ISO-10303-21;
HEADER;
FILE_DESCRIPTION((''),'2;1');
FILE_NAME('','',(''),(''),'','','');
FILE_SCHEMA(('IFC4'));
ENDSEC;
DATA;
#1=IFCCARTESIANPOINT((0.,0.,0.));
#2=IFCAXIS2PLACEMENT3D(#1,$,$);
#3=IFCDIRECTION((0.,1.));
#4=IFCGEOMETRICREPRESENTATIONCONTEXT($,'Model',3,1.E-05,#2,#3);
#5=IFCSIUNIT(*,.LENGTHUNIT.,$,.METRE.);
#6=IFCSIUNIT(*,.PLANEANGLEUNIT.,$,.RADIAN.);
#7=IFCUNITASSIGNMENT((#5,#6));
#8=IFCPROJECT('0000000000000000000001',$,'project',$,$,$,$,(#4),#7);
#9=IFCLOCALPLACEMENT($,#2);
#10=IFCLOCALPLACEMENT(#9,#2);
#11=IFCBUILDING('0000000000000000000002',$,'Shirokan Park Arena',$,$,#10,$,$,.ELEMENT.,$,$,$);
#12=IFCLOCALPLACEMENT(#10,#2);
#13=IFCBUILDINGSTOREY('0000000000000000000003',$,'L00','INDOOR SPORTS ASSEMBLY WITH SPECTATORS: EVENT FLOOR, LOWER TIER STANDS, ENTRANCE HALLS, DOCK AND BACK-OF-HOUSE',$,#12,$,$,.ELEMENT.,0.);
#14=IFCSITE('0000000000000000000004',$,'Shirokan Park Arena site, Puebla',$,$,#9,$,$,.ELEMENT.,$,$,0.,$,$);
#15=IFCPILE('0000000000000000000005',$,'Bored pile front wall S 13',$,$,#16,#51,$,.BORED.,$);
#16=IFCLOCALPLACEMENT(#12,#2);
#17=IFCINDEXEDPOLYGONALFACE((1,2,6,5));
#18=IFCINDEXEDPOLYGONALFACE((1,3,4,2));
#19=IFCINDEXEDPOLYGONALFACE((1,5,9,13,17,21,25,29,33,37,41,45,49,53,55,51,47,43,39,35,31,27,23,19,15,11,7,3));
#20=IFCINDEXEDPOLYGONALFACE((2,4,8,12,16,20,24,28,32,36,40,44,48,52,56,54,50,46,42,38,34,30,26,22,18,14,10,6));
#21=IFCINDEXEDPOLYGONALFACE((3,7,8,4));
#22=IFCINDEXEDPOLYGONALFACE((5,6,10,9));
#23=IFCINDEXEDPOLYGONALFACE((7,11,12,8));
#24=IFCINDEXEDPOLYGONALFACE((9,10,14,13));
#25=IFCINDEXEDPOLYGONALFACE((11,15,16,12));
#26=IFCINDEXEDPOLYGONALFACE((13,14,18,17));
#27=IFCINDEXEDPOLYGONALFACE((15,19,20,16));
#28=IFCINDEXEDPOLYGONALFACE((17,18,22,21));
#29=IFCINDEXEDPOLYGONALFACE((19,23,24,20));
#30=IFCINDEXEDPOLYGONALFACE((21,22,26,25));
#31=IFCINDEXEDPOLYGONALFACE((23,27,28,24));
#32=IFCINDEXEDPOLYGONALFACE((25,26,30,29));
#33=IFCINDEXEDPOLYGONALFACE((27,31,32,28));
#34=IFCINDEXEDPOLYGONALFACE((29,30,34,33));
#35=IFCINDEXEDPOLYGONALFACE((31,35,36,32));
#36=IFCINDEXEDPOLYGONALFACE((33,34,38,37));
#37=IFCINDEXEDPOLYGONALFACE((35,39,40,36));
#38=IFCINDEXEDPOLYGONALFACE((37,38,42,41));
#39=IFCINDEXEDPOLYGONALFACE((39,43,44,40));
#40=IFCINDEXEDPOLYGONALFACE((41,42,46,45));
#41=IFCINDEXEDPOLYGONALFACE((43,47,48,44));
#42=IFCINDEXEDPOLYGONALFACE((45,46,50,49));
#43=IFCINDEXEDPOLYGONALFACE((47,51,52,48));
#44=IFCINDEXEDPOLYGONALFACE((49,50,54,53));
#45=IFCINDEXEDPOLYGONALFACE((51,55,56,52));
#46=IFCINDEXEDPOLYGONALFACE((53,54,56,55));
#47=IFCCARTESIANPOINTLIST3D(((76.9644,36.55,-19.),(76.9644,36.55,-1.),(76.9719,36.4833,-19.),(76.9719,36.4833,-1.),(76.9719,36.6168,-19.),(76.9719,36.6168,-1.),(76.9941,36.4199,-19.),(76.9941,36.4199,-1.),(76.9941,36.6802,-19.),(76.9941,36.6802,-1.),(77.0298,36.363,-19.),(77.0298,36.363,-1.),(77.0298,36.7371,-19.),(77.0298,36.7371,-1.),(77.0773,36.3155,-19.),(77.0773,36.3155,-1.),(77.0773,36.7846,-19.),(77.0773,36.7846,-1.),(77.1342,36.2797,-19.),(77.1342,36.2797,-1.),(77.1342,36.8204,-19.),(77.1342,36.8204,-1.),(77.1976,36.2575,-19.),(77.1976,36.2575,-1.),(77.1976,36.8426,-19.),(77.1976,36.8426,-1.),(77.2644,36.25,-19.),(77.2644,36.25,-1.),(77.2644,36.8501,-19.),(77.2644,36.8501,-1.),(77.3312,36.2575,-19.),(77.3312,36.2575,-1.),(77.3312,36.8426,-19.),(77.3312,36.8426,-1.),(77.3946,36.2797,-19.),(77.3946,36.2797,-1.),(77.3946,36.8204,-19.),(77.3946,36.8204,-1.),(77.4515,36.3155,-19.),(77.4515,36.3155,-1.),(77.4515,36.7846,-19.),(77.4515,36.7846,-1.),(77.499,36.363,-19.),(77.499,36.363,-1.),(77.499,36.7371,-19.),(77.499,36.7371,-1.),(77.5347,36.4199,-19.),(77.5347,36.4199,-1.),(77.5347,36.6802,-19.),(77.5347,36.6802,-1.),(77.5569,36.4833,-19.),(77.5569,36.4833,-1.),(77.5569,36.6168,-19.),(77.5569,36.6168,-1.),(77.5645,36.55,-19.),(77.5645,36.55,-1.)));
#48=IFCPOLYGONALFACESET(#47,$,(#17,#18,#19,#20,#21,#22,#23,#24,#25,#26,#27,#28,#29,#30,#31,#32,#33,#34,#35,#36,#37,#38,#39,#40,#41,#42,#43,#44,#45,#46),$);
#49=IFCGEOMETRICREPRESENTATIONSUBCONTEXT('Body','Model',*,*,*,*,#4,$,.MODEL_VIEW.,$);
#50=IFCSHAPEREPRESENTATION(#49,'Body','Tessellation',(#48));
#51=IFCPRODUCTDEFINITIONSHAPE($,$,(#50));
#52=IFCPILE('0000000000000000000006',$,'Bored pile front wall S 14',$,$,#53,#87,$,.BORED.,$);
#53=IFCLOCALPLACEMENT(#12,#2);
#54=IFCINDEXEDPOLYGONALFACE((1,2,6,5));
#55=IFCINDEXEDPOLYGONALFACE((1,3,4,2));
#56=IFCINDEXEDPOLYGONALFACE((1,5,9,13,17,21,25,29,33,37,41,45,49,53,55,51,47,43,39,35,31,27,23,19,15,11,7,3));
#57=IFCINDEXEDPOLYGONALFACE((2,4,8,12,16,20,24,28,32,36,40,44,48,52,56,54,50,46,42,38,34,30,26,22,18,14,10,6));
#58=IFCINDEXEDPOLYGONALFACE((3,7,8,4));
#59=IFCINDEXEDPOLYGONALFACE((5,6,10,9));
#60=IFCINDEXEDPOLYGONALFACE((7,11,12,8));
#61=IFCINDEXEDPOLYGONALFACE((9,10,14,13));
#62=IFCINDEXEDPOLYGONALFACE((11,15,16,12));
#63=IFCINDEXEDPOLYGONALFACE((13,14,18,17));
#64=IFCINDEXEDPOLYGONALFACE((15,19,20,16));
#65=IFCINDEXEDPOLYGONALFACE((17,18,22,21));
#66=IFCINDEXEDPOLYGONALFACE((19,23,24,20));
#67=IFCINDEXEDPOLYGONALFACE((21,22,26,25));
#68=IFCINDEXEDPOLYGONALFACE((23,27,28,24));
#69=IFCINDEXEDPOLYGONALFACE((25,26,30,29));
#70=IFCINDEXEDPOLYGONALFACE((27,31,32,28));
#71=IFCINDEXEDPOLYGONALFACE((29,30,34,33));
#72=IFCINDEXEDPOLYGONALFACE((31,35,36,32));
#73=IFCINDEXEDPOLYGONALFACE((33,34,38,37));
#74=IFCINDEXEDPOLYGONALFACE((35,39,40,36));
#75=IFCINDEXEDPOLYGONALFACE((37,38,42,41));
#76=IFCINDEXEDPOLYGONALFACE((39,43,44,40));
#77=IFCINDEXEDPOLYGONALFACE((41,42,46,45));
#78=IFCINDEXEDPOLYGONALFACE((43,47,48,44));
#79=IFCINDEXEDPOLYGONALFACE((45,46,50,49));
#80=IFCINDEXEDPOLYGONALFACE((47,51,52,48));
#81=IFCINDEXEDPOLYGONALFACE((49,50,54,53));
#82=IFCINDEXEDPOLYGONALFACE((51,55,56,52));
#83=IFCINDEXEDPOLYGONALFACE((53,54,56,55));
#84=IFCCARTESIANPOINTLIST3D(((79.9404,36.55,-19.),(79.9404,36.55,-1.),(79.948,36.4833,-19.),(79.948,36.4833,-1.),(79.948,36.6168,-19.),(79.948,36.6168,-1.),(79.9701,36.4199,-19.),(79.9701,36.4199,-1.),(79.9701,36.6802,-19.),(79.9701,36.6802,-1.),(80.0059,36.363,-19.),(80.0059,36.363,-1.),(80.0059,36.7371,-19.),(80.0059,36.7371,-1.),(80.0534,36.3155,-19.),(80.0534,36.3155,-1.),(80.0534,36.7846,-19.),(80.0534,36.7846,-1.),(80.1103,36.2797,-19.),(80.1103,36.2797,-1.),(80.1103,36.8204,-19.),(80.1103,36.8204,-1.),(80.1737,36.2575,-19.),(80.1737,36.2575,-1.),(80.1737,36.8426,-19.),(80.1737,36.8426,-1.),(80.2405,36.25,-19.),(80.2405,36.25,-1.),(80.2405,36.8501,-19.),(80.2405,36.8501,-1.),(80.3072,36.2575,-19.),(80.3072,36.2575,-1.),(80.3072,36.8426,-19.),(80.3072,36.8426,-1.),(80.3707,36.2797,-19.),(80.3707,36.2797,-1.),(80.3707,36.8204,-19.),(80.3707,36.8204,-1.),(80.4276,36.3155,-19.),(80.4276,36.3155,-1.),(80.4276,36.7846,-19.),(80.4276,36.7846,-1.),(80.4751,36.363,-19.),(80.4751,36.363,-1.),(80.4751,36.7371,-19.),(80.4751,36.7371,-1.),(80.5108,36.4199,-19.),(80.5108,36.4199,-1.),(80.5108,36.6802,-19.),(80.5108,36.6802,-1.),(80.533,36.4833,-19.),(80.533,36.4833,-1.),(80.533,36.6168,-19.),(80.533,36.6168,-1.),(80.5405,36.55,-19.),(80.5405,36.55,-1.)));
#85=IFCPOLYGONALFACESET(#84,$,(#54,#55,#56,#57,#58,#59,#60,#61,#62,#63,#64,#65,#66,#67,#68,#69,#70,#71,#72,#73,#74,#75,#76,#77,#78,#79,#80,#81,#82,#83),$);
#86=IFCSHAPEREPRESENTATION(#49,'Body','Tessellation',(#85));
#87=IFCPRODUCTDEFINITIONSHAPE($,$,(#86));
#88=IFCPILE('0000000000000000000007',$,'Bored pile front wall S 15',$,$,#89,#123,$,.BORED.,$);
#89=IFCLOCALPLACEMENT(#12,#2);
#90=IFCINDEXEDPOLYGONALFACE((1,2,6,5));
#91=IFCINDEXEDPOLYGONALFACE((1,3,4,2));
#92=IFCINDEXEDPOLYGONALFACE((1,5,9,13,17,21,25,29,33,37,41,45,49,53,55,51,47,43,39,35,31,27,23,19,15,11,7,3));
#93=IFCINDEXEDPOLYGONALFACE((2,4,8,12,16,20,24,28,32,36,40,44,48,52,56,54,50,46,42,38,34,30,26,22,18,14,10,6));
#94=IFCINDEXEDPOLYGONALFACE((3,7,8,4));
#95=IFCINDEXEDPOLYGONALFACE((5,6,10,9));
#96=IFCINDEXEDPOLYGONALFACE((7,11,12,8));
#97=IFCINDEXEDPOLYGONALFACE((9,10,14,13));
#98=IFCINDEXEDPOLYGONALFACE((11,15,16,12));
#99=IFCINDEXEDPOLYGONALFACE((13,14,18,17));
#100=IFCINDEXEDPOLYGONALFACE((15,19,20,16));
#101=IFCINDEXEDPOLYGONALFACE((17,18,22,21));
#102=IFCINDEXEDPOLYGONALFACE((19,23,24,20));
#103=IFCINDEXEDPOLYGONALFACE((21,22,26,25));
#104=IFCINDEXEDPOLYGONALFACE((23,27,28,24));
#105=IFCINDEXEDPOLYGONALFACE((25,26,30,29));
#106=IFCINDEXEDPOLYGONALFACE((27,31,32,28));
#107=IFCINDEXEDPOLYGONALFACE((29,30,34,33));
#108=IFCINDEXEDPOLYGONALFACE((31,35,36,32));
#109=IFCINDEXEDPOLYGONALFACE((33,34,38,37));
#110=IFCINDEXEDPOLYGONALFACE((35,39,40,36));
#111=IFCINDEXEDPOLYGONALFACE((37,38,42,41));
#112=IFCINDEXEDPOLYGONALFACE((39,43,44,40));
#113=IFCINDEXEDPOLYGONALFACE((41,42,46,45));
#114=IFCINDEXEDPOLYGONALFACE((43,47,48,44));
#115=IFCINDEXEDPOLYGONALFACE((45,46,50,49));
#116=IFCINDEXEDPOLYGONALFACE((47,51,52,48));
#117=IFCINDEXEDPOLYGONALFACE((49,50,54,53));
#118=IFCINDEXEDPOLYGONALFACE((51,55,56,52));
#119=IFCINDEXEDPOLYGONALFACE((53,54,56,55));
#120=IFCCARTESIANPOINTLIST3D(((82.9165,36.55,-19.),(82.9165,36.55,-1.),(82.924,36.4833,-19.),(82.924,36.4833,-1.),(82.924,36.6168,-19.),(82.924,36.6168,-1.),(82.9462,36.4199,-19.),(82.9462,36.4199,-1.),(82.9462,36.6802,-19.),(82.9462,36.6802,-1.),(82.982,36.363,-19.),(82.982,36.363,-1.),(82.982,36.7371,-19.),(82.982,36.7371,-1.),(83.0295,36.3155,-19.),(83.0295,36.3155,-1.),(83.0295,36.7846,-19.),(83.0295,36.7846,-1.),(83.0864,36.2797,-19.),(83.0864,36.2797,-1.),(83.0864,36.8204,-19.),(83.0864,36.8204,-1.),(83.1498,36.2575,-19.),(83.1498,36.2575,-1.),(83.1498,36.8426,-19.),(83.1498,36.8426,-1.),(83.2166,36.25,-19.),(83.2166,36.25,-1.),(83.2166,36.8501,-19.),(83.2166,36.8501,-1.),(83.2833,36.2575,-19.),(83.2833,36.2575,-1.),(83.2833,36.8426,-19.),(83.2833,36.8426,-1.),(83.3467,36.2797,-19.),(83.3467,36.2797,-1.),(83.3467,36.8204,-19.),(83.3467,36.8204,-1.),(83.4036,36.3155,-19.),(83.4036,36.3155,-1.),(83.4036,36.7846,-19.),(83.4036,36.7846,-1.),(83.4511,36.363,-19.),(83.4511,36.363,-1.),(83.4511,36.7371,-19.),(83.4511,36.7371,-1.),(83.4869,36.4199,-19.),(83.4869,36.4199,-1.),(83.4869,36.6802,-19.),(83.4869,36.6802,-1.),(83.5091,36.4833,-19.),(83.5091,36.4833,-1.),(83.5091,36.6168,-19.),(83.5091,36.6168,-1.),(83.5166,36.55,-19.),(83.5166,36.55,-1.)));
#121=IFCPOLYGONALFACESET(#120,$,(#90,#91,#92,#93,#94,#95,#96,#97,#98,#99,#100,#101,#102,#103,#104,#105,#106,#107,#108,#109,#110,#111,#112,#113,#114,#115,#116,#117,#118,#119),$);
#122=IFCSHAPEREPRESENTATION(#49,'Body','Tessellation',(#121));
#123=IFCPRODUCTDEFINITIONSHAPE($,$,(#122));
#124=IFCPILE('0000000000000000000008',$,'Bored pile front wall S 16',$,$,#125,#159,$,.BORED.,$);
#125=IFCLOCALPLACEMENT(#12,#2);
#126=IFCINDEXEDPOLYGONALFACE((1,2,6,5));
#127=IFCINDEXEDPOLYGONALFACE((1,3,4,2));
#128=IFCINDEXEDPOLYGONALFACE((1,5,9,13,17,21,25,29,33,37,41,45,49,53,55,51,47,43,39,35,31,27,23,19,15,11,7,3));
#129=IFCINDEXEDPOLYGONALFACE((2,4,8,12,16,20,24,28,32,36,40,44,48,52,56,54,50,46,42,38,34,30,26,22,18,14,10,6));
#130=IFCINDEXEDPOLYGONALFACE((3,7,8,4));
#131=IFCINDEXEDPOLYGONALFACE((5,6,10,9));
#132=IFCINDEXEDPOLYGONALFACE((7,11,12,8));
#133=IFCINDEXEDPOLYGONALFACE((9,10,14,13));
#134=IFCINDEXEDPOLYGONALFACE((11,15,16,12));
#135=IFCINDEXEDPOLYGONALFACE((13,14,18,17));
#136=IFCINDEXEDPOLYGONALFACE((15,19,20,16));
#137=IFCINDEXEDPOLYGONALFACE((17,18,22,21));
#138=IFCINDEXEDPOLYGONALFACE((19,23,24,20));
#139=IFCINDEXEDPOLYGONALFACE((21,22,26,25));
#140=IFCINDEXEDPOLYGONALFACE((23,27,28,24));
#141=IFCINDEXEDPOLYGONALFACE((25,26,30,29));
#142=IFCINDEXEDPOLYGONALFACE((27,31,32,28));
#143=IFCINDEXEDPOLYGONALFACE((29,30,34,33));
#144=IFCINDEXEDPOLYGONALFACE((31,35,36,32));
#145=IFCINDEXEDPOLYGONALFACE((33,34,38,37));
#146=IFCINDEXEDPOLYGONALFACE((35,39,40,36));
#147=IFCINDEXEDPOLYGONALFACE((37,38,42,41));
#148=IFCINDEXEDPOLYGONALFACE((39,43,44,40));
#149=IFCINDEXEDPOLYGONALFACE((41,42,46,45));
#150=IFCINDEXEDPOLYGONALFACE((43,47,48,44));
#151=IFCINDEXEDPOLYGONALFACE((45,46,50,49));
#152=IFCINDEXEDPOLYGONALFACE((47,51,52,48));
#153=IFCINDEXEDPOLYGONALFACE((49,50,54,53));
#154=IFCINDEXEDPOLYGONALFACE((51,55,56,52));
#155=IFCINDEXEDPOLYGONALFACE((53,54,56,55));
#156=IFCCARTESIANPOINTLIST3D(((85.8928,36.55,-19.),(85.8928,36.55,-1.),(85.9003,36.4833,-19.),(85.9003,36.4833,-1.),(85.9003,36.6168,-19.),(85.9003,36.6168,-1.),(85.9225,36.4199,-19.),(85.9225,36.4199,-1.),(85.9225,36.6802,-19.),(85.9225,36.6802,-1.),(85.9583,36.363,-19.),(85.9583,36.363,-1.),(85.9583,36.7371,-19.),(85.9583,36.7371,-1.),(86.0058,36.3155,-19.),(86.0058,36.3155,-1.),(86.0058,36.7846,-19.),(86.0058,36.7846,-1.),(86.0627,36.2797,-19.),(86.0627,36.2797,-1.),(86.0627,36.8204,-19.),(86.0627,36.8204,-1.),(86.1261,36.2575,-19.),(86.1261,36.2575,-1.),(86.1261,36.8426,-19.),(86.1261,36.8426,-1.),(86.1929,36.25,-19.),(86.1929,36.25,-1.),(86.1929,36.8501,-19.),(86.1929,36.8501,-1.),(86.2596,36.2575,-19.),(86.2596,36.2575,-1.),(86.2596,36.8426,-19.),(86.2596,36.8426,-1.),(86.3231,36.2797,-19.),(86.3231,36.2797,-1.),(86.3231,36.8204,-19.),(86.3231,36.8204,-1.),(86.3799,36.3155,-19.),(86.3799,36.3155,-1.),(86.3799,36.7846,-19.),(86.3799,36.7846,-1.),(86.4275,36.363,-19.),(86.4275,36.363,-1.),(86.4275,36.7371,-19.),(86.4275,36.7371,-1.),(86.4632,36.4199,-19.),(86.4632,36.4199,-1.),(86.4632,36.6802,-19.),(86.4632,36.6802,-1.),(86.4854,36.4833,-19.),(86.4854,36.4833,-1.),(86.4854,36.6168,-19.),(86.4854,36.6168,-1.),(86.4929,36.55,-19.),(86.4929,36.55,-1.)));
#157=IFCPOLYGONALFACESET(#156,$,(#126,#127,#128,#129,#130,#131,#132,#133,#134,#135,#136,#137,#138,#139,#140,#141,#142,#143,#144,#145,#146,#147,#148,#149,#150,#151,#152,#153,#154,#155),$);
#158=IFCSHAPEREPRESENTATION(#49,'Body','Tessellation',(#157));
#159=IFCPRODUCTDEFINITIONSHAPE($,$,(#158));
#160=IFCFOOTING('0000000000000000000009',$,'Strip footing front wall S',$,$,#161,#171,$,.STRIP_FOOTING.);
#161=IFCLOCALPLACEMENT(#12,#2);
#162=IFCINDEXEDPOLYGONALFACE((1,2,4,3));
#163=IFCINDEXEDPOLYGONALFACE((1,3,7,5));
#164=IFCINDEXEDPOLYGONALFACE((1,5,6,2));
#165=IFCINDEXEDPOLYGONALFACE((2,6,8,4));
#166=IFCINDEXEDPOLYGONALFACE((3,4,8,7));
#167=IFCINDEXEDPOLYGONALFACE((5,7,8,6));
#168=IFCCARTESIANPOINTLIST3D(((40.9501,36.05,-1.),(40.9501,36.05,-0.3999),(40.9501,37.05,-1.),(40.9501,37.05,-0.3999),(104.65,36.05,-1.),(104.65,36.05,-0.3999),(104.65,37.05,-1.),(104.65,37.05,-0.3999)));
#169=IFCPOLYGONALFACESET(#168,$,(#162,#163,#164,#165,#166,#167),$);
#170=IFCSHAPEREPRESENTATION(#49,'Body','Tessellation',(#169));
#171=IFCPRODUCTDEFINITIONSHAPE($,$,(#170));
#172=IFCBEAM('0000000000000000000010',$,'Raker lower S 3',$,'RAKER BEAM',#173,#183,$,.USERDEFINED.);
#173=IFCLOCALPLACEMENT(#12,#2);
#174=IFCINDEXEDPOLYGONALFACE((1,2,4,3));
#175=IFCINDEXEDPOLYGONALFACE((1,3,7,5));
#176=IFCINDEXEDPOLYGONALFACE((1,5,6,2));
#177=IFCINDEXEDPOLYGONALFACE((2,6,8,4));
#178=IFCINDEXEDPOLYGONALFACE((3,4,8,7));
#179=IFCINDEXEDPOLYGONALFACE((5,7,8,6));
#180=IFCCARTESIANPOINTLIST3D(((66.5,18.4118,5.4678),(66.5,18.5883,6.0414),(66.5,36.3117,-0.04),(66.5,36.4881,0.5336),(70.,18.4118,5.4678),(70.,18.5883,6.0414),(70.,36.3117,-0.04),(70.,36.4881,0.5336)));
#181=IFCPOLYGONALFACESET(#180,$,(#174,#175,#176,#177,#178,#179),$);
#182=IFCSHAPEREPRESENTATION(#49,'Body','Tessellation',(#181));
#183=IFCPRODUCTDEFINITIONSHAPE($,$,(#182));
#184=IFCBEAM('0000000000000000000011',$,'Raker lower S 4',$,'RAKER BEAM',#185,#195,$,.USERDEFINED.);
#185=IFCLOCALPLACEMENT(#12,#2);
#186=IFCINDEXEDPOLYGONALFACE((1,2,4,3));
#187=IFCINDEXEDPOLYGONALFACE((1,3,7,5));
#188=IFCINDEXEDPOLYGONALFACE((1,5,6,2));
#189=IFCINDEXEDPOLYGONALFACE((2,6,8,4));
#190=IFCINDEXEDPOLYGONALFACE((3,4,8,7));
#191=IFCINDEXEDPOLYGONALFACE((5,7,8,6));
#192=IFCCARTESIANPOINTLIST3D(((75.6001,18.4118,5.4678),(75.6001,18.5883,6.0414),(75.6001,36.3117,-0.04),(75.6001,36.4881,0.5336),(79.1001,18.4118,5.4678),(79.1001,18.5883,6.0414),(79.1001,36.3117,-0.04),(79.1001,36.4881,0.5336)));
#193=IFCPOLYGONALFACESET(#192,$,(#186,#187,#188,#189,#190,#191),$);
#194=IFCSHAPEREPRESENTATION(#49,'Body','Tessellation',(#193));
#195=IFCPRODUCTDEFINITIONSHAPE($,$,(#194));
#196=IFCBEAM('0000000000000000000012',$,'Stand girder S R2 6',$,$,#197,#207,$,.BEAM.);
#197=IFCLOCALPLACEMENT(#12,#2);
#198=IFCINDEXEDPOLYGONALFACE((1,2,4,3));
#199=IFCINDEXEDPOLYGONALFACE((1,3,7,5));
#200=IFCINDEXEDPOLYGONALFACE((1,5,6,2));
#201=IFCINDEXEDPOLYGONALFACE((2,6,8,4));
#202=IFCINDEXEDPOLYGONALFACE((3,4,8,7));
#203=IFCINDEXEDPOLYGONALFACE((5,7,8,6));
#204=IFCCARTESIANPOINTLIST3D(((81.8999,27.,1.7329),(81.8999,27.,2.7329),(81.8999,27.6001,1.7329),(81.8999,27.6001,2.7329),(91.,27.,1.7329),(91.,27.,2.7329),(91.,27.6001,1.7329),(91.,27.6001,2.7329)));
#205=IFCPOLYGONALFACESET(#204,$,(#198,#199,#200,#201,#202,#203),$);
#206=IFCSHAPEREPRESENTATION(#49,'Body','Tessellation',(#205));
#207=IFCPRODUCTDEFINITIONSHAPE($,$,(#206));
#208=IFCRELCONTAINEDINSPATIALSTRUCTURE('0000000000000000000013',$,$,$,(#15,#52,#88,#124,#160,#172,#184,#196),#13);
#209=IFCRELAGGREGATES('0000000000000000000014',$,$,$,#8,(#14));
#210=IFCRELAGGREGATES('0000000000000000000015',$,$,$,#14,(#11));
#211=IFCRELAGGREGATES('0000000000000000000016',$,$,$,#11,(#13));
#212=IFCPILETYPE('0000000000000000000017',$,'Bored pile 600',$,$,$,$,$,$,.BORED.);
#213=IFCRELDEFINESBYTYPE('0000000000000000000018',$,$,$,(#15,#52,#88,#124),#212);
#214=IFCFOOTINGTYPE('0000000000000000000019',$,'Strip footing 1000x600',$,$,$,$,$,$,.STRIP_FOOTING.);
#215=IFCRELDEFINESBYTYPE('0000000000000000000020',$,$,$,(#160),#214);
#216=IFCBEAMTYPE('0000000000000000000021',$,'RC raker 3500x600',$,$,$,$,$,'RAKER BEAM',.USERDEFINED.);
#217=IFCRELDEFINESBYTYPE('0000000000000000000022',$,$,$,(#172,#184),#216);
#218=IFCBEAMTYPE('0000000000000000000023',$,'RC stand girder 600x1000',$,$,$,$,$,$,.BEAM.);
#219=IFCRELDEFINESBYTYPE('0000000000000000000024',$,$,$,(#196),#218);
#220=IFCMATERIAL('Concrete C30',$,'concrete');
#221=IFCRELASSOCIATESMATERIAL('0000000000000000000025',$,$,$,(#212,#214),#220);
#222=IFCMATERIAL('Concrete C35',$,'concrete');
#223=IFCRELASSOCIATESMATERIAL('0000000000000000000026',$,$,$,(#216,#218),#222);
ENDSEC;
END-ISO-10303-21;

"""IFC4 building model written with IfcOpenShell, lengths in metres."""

from ifc_helpers import new_model, si_unit, direction, frame, origin, origin_2d, place, context, subcontext, project, spatial, rectangle, circle, extrude, material, material_profile, profile_set, type_object, element, save


model = new_model("IFC4")

# Units and contexts
model_context = context("Model", 3, precision=1e-05, world=origin(), true_north=direction((0.0, 1.0)))
body_context = subcontext(model_context, "Body", "Model", "MODEL_VIEW")
ifc_project = project(units=[si_unit("LENGTHUNIT", "METRE"), si_unit("PLANEANGLEUNIT", "RADIAN")], contexts=[model_context])

# Site, building, storey
site_placement = place(None, origin())
site = spatial("IfcSite", under=ifc_project, at=site_placement, Name="Shirokan Park Arena site, Puebla", CompositionType="ELEMENT", RefElevation=0.0)
building_placement = place(site_placement, origin())
building = spatial("IfcBuilding", under=site, at=building_placement, Name="Shirokan Park Arena", CompositionType="ELEMENT")
storey_placement = place(building_placement, origin())
storey = spatial("IfcBuildingStorey", under=building, at=storey_placement, Name="L00", Description="INDOOR SPORTS ASSEMBLY WITH SPECTATORS: EVENT FLOOR, LOWER TIER STANDS, ENTRANCE HALLS, DOCK AND BACK-OF-HOUSE", CompositionType="ELEMENT", Elevation=0.0)

# Piles
ifc_material_1 = material(Name="Concrete C30", Category="concrete")
ifc_material_profile_1 = material_profile(ifc_material_1, circle(Radius=0.3, at=origin_2d()), Name="D600")
ifc_profile_set_1 = profile_set([ifc_material_profile_1], Name="Concrete C30")
pile_type = type_object("IfcPileType", Name="Bored pile 600", PredefinedType="BORED", material=ifc_profile_set_1)
for number, where, z_axis, x_axis, name in (
    (1, (77.2644, 36.55, -1.0), (0.0, 0.0, -1.0), (1.0, 0.0, 0.0), "Bored pile front wall S 13"),
    (2, (80.2405, 36.55, -1.0), (0.0, 0.0, -1.0), (1.0, 0.0, 0.0), "Bored pile front wall S 14"),
    (3, (83.2166, 36.55, -1.0), (0.0, 0.0, -1.0), (1.0, 0.0, 0.0), "Bored pile front wall S 15"),
    (4, (86.1929, 36.55, -1.0), (0.0, 0.0, -1.0), (1.0, 0.0, 0.0), "Bored pile front wall S 16"),
):
    element("IfcPile", number, at=place(storey_placement, frame(where, z_axis=z_axis, x_axis=x_axis)), inside=storey, type_object=pile_type, Name=name, PredefinedType="BORED", context=body_context, shape_type="SweptSolid", body=[
        extrude(circle(Radius=0.3, at=origin_2d()), origin(), (0.0, 0.0, 1.0), 18.0),
    ])

# Footing
footing_type = type_object("IfcFootingType", Name="Strip footing 1000x600", PredefinedType="STRIP_FOOTING", material=ifc_material_1)
footing_placement = place(storey_placement, frame((72.8, 36.55, -1.0), z_axis=(0.0, 0.0, 1.0), x_axis=(1.0, 0.0, 0.0)))
element("IfcFooting", 5, at=footing_placement, inside=storey, type_object=footing_type, Name="Strip footing front wall S", PredefinedType="STRIP_FOOTING", context=body_context, shape_type="SweptSolid", body=[
    extrude(rectangle(XDim=63.7, YDim=1.0, at=origin_2d()), origin(), (0.0, 0.0, 1.0), 0.6001),
])

# Beams
ifc_material_2 = material(Name="Concrete C35", Category="concrete")
ifc_material_profile_2 = material_profile(ifc_material_2, rectangle(XDim=3.5, YDim=0.6001, at=origin_2d()), Name="3500x600")
ifc_profile_set_2 = profile_set([ifc_material_profile_2], Name="Concrete C35")
beam_type_1 = type_object("IfcBeamType", Name="RC raker 3500x600", ElementType="RAKER BEAM", PredefinedType="USERDEFINED", material=ifc_profile_set_2)
for number, where, z_axis, x_axis, name in (
    (6, (68.25, 36.3999, 0.2468), (0.0, -0.955777, 0.294093), (1.0, 0.0, 0.0), "Raker lower S 3"),
    (7, (77.3501, 36.3999, 0.2468), (0.0, -0.955777, 0.294093), (1.0, 0.0, 0.0), "Raker lower S 4"),
):
    element("IfcBeam", number, at=place(storey_placement, frame(where, z_axis=z_axis, x_axis=x_axis)), inside=storey, type_object=beam_type_1, Name=name, ObjectType="RAKER BEAM", PredefinedType="USERDEFINED", context=body_context, shape_type="SweptSolid", body=[
        extrude(rectangle(XDim=3.5, YDim=0.6001, at=origin_2d()), origin(), (0.0, 0.0, 1.0), 18.728),
    ])
ifc_material_profile_3 = material_profile(ifc_material_2, rectangle(XDim=0.6001, YDim=1.0, at=origin_2d()), Name="600x1000")
ifc_profile_set_3 = profile_set([ifc_material_profile_3], Name="Concrete C35")
beam_type_2 = type_object("IfcBeamType", Name="RC stand girder 600x1000", PredefinedType="BEAM", material=ifc_profile_set_3)
beam_placement = place(storey_placement, frame((81.8999, 27.3, 2.2329), z_axis=(1.0, 0.0, 0.0), x_axis=(0.0, 1.0, 0.0)))
element("IfcBeam", 8, at=beam_placement, inside=storey, type_object=beam_type_2, Name="Stand girder S R2 6", PredefinedType="BEAM", context=body_context, shape_type="SweptSolid", body=[
    extrude(rectangle(XDim=0.6001, YDim=1.0, at=origin_2d()), origin(), (0.0, 0.0, 1.0), 9.1001),
])

save(model, "model.ifc")
